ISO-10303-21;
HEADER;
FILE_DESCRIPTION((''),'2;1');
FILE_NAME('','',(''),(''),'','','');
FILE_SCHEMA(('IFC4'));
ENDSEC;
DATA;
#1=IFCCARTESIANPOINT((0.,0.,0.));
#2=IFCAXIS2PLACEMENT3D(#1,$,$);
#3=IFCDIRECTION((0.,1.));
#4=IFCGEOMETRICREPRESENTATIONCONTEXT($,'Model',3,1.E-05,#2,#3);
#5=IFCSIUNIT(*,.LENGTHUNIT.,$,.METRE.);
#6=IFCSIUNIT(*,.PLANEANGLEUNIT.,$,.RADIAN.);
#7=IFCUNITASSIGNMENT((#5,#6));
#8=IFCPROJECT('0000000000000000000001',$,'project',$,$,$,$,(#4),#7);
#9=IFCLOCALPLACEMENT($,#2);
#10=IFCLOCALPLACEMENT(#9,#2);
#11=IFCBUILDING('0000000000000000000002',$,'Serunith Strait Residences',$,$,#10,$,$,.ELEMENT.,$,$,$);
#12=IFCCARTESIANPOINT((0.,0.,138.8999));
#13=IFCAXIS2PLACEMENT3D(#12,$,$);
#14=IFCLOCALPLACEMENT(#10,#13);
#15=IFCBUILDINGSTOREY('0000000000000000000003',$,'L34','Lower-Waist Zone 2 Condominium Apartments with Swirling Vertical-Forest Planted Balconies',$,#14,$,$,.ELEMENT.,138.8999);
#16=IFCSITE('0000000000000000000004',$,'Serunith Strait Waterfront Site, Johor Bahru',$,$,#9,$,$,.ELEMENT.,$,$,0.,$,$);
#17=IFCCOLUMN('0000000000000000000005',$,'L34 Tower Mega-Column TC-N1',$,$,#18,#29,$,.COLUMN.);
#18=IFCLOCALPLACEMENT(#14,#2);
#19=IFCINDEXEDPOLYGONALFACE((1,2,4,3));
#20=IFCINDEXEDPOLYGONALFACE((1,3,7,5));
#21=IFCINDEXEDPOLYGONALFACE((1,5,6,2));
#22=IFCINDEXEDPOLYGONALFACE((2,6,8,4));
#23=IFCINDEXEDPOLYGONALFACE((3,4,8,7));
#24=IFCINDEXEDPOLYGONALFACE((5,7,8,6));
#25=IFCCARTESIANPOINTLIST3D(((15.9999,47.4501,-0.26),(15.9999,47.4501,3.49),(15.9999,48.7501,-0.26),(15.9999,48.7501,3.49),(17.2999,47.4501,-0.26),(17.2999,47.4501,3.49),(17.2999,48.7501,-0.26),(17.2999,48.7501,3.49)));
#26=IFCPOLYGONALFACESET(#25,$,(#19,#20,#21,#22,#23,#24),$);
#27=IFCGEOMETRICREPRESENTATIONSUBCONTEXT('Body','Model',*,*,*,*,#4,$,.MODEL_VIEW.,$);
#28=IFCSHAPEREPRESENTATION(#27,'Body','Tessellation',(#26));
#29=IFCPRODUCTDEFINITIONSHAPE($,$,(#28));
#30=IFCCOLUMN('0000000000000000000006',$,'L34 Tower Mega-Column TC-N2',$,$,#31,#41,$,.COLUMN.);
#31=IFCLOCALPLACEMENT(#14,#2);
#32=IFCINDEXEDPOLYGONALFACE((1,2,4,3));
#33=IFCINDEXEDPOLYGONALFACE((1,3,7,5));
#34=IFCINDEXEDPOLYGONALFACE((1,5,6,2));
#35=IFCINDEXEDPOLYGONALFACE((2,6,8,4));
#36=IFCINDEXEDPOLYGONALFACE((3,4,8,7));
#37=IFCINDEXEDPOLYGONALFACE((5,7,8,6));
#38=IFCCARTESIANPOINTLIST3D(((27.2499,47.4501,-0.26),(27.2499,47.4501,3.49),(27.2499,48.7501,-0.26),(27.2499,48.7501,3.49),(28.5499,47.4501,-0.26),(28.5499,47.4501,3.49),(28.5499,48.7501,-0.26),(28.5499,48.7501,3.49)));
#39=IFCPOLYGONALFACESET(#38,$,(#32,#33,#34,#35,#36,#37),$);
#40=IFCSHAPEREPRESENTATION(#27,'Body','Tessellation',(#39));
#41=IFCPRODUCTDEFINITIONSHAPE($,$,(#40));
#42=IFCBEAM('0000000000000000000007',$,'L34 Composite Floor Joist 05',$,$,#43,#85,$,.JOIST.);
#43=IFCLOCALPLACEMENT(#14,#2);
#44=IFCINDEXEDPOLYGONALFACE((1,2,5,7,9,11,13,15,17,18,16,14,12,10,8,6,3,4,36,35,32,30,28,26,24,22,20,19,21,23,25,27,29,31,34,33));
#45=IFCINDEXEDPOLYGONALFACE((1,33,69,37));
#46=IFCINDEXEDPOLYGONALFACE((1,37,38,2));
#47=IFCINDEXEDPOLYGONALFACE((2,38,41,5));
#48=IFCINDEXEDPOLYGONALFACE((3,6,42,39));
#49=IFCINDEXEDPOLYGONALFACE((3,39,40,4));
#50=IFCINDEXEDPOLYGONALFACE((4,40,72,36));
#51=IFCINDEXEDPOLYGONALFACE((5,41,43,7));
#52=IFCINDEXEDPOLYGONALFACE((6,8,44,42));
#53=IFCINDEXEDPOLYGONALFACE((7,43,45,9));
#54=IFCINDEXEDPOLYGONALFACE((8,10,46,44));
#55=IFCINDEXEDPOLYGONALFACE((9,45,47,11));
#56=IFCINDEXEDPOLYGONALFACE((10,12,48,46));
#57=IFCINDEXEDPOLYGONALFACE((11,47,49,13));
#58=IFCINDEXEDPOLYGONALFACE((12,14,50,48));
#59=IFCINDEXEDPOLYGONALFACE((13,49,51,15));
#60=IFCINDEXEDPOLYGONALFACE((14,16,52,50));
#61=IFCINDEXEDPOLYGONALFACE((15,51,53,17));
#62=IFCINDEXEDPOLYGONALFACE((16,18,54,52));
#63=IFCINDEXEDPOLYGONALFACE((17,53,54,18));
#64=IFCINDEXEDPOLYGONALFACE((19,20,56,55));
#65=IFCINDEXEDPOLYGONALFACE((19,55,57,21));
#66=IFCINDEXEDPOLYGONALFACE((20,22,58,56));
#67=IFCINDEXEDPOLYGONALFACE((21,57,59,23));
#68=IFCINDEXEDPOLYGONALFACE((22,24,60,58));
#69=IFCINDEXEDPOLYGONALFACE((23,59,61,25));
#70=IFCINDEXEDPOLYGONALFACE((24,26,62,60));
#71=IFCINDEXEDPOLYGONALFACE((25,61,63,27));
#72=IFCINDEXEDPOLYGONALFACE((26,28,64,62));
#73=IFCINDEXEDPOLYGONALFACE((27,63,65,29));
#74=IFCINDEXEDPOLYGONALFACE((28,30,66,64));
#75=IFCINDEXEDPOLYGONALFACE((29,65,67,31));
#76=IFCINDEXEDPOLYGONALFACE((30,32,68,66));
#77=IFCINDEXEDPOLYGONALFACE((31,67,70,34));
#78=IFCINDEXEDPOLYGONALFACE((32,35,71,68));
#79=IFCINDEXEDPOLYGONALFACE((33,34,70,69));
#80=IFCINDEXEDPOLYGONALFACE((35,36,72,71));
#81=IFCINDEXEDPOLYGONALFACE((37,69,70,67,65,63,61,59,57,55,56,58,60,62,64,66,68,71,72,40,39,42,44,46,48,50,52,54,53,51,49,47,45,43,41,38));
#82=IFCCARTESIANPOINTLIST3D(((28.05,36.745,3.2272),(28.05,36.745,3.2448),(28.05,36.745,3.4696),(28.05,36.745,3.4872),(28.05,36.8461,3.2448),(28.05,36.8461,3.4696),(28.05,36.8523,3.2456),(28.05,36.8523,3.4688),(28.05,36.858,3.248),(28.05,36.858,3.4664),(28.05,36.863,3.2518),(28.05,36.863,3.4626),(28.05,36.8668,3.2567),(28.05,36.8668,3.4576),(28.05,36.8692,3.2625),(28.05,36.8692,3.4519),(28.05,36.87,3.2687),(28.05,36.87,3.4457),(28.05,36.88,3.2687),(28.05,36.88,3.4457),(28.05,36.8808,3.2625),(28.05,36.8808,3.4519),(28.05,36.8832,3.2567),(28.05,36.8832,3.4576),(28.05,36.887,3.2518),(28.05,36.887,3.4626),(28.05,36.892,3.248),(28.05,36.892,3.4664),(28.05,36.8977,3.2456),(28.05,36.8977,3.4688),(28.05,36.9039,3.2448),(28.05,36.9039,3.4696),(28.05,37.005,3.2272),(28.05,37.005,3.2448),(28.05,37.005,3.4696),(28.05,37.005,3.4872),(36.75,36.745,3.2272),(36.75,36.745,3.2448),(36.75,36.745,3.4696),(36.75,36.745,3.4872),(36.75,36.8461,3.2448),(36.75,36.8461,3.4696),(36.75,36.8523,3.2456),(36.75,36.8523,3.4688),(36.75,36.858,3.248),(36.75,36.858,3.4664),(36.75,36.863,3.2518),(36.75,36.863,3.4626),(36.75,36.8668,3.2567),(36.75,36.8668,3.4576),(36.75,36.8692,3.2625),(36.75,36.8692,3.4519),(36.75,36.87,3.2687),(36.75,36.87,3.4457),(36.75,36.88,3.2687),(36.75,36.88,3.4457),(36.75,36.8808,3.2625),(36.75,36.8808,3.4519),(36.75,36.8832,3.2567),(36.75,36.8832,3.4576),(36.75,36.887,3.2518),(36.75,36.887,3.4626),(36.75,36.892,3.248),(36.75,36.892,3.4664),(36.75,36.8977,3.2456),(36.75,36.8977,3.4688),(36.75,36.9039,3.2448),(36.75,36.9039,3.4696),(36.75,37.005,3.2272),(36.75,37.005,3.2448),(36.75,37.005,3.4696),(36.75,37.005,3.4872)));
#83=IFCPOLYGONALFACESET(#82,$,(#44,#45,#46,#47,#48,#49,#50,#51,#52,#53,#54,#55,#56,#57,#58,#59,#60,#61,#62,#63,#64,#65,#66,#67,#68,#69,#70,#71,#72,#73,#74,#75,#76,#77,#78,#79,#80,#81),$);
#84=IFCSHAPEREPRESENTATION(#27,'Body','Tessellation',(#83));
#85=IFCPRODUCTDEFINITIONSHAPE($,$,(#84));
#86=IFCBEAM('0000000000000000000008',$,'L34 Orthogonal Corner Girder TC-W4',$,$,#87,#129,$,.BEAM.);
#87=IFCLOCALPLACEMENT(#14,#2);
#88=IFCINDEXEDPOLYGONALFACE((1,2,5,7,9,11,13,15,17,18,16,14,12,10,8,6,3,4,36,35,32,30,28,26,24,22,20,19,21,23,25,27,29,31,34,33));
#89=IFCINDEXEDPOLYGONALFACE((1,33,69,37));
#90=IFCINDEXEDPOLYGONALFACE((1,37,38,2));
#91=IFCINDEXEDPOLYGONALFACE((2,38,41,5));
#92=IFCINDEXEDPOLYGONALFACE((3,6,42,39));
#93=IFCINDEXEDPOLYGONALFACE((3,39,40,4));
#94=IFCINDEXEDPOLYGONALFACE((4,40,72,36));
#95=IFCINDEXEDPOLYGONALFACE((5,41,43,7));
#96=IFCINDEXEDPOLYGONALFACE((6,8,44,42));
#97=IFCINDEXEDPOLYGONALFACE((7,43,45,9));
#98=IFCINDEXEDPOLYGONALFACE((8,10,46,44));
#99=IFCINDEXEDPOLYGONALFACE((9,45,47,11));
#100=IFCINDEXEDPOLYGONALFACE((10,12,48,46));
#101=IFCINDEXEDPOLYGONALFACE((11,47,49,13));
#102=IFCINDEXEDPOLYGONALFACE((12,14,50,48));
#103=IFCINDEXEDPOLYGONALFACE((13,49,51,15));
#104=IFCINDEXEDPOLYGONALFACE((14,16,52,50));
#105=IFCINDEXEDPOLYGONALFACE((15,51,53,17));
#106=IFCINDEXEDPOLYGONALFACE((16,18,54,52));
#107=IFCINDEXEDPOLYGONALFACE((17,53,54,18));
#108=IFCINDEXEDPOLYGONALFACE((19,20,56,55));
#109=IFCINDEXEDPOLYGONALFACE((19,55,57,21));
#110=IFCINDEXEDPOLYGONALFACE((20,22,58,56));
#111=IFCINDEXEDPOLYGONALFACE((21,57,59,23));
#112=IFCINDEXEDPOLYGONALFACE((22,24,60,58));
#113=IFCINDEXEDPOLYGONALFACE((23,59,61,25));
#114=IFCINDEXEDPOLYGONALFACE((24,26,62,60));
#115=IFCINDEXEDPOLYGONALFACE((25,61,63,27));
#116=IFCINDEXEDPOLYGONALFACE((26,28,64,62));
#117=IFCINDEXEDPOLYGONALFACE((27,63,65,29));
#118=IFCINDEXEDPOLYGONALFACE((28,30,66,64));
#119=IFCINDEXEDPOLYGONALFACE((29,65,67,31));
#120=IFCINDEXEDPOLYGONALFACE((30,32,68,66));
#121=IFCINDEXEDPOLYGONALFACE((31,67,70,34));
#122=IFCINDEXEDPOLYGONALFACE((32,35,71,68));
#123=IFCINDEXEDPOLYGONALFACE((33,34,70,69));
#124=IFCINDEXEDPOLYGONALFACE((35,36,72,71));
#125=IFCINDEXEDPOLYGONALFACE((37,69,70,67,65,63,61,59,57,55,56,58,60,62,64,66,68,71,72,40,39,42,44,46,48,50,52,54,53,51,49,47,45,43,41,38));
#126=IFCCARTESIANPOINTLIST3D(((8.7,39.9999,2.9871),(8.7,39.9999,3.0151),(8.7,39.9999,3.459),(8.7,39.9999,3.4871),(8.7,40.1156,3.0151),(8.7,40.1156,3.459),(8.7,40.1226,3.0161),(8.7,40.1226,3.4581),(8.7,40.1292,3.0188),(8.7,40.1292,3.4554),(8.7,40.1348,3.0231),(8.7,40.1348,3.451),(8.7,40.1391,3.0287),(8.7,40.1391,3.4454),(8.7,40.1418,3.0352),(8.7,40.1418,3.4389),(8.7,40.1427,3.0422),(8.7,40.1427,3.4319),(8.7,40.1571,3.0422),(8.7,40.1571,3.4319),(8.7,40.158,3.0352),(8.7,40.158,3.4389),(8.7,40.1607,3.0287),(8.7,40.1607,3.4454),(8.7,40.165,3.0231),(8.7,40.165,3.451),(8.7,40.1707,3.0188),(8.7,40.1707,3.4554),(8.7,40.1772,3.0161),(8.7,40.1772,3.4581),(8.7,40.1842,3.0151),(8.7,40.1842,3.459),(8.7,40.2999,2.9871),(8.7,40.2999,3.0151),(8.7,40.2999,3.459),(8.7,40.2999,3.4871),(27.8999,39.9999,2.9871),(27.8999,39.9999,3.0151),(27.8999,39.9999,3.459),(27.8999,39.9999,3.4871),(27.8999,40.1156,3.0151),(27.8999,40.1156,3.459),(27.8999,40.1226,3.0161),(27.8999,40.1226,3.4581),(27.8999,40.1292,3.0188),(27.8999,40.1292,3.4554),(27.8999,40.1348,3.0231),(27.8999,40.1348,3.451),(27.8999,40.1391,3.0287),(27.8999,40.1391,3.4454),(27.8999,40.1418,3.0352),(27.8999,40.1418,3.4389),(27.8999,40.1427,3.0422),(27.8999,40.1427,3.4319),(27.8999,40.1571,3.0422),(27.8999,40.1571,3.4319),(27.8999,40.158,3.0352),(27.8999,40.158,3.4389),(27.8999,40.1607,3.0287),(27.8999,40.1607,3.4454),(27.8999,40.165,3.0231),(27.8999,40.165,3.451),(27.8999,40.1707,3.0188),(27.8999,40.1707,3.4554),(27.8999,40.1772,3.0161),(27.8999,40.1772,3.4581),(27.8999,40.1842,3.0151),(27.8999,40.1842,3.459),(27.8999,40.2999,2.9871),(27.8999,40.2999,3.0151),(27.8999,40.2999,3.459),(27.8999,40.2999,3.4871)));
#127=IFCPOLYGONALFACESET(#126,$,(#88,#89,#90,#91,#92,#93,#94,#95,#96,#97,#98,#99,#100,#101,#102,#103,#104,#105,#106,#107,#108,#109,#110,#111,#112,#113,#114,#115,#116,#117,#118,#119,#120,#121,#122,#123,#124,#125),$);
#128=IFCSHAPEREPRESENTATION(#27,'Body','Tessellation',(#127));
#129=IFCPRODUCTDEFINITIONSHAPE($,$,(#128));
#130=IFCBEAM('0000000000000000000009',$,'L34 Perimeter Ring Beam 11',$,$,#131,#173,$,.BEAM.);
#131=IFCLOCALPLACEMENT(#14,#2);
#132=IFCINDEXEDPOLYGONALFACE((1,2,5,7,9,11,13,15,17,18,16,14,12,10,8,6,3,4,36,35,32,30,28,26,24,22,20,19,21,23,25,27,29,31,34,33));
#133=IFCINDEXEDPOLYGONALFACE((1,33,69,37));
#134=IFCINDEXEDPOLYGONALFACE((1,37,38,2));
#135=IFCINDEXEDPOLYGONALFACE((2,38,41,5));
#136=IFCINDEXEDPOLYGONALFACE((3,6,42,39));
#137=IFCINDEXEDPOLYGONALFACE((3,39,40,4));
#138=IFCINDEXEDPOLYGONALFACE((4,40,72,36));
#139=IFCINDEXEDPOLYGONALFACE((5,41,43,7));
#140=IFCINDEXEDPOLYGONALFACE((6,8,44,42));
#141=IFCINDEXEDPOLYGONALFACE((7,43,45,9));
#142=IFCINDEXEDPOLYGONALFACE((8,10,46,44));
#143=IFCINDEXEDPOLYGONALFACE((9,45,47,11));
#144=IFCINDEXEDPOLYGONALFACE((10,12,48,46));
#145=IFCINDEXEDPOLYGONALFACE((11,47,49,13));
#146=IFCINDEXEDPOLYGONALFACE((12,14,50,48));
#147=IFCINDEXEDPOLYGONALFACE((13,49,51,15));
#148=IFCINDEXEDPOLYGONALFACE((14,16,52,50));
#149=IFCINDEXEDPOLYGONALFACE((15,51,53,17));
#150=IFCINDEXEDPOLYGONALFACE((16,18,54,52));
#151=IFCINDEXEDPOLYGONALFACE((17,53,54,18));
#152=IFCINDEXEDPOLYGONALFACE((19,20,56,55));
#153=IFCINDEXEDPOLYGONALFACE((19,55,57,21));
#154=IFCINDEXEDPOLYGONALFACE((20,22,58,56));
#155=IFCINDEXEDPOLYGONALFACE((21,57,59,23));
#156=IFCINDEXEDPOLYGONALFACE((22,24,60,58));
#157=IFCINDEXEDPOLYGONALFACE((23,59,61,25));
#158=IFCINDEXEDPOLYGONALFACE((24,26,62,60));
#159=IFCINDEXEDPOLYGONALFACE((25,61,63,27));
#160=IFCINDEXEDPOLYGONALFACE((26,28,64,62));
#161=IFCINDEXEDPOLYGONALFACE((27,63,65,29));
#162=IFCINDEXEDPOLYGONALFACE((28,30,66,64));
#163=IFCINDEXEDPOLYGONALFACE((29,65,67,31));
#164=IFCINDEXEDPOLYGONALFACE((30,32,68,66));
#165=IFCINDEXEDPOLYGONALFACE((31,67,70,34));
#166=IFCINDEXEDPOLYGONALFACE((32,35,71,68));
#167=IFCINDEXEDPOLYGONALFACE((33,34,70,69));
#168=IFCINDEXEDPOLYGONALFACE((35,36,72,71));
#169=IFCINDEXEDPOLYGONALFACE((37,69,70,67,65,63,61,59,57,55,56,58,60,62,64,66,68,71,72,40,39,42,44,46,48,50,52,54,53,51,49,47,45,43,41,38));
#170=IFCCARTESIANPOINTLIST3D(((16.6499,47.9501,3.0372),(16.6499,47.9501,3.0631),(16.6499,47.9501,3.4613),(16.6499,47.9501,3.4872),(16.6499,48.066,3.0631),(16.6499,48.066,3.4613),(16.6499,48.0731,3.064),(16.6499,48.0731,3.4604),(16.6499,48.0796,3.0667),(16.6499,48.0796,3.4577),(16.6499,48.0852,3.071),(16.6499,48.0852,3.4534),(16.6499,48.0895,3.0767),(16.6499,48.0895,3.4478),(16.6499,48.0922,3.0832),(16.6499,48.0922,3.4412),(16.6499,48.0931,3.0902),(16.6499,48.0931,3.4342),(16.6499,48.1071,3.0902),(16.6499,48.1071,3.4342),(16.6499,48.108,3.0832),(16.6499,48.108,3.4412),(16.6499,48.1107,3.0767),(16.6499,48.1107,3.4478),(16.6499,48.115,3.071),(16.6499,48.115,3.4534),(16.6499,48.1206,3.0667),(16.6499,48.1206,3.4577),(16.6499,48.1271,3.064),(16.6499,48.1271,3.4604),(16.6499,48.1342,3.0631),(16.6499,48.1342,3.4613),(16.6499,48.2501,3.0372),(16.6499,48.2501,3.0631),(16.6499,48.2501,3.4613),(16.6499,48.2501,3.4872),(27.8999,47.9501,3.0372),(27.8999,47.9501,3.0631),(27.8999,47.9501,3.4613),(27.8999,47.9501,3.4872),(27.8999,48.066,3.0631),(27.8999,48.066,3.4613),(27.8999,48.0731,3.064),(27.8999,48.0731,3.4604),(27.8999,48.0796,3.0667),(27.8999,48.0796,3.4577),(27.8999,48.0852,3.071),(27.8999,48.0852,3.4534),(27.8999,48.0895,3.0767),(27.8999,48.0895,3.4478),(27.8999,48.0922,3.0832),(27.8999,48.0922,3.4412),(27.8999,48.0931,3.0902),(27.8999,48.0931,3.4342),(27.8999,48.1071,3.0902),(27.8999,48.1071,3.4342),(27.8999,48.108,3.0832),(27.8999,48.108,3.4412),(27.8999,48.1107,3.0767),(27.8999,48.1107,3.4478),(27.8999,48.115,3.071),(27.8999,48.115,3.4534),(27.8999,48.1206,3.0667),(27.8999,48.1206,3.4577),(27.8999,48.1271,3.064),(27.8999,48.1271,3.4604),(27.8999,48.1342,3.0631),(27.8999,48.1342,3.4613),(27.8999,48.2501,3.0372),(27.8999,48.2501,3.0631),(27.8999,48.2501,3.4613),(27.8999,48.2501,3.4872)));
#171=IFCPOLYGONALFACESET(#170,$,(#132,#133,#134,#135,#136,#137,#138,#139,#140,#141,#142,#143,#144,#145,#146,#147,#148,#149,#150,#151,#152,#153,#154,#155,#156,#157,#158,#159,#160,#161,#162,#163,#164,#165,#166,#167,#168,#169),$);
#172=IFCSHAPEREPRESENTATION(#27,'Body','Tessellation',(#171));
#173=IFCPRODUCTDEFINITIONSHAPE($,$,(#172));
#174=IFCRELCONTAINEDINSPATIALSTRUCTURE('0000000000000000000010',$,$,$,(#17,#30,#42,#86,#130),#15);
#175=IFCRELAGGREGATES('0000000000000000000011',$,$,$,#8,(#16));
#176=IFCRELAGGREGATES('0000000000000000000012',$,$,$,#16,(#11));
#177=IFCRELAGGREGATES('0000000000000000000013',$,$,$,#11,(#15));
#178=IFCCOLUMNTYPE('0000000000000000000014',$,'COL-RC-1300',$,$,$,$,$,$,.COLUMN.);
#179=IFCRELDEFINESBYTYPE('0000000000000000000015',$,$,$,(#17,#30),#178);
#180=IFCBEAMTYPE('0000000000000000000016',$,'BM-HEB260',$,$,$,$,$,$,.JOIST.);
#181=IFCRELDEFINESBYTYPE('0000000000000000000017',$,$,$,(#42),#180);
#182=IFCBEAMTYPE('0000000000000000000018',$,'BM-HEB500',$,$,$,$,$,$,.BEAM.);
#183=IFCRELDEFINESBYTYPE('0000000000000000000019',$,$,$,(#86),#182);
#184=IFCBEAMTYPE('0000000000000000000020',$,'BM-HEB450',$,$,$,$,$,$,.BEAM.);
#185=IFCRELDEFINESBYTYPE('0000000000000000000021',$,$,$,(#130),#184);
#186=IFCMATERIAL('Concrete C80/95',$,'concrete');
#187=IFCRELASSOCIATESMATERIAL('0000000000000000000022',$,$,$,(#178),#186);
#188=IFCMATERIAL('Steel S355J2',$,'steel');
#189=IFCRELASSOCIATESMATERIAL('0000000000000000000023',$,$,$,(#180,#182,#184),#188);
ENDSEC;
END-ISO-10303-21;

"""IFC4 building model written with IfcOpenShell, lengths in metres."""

from ifc_helpers import new_model, si_unit, direction, frame, origin, origin_2d, place, context, subcontext, project, spatial, rectangle, i_section, extrude, source, transform, mapped, material, material_profile, profile_set, type_object, element, save


model = new_model("IFC4")

# Units and contexts
model_context = context("Model", 3, precision=1e-05, world=origin(), true_north=direction((0.0, 1.0)))
body_context = subcontext(model_context, "Body", "Model", "MODEL_VIEW")
ifc_project = project(units=[si_unit("LENGTHUNIT", "METRE"), si_unit("PLANEANGLEUNIT", "RADIAN")], contexts=[model_context])

# Site, building, storey
site_placement = place(None, origin())
site = spatial("IfcSite", under=ifc_project, at=site_placement, Name="Serunith Strait Waterfront Site, Johor Bahru", CompositionType="ELEMENT", RefElevation=0.0)
building_placement = place(site_placement, origin())
building = spatial("IfcBuilding", under=site, at=building_placement, Name="Serunith Strait Residences", CompositionType="ELEMENT")
storey_placement = place(building_placement, frame((0.0, 0.0, 138.8999)))
storey = spatial("IfcBuildingStorey", under=building, at=storey_placement, Name="L34", Description="Lower-Waist Zone 2 Condominium Apartments with Swirling Vertical-Forest Planted Balconies", CompositionType="ELEMENT", Elevation=138.8999)

# Columns
ifc_material_1 = material(Name="Concrete C80/95", Category="concrete")
ifc_material_profile_1 = material_profile(ifc_material_1, rectangle(XDim=1.3, YDim=1.3, at=origin_2d()), Name="RC 1300x1300")
ifc_profile_set_1 = profile_set([ifc_material_profile_1], Name="Concrete C80/95")
column_type = type_object("IfcColumnType", Name="COL-RC-1300", PredefinedType="COLUMN", material=ifc_profile_set_1)
shared_shape_1 = source(origin(), body_context, "Body", "SweptSolid", [
    extrude(rectangle(XDim=1.3, YDim=1.3, at=origin_2d()), origin(), (0.0, 0.0, 1.0), 3.75),
])
for number, where, z_axis, x_axis, name in (
    (1, (16.6499, 48.1001, -0.26), (0.0, 0.0, 1.0), (1.0, 0.0, 0.0), "L34 Tower Mega-Column TC-N1"),
    (2, (27.8999, 48.1001, -0.26), (0.0, 0.0, 1.0), (1.0, 0.0, 0.0), "L34 Tower Mega-Column TC-N2"),
):
    element("IfcColumn", number, at=place(storey_placement, frame(where, z_axis=z_axis, x_axis=x_axis)), inside=storey, type_object=column_type, Name=name, PredefinedType="COLUMN", context=body_context, shape_type="MappedRepresentation", body=[
        mapped(shared_shape_1, transform((0.0, 0.0, 0.0), scale=1.0)),
    ])

# Beams
ifc_material_2 = material(Name="Steel S355J2", Category="steel")
ifc_material_profile_2 = material_profile(ifc_material_2, i_section(OverallWidth=0.26, OverallDepth=0.26, WebThickness=0.01, FlangeThickness=0.0176, FilletRadius=0.0239, at=origin_2d()), Name="HEB 260")
ifc_profile_set_2 = profile_set([ifc_material_profile_2], Name="Steel S355J2")
beam_type_1 = type_object("IfcBeamType", Name="BM-HEB260", PredefinedType="JOIST", material=ifc_profile_set_2)
shared_shape_2 = source(origin(), body_context, "Body", "SweptSolid", [
    extrude(i_section(OverallWidth=0.26, OverallDepth=0.26, WebThickness=0.01, FlangeThickness=0.0176, FilletRadius=0.0239, at=origin_2d()), origin(), (0.0, 0.0, 1.0), 8.7),
])
beam_1_placement = place(storey_placement, frame((28.05, 36.875, 3.3572), z_axis=(1.0, 0.0, 0.0), x_axis=(0.0, 1.0, 0.0)))
element("IfcBeam", 3, at=beam_1_placement, inside=storey, type_object=beam_type_1, Name="L34 Composite Floor Joist 05", PredefinedType="JOIST", context=body_context, shape_type="MappedRepresentation", body=[
    mapped(shared_shape_2, transform((0.0, 0.0, 0.0), scale=1.0)),
])
ifc_material_profile_3 = material_profile(ifc_material_2, i_section(OverallWidth=0.3, OverallDepth=0.5, WebThickness=0.0144, FlangeThickness=0.0281, FilletRadius=0.0271, at=origin_2d()), Name="HEB 500")
ifc_profile_set_3 = profile_set([ifc_material_profile_3], Name="Steel S355J2")
beam_type_2 = type_object("IfcBeamType", Name="BM-HEB500", PredefinedType="BEAM", material=ifc_profile_set_3)
shared_shape_3 = source(origin(), body_context, "Body", "SweptSolid", [
    extrude(i_section(OverallWidth=0.3, OverallDepth=0.5, WebThickness=0.0144, FlangeThickness=0.0281, FilletRadius=0.0271, at=origin_2d()), origin(), (0.0, 0.0, 1.0), 19.2),
])
beam_2_placement = place(storey_placement, frame((27.8999, 40.1499, 3.2371), z_axis=(-1.0, 0.0, 0.0), x_axis=(0.0, -1.0, 0.0)))
element("IfcBeam", 4, at=beam_2_placement, inside=storey, type_object=beam_type_2, Name="L34 Orthogonal Corner Girder TC-W4", PredefinedType="BEAM", context=body_context, shape_type="MappedRepresentation", body=[
    mapped(shared_shape_3, transform((0.0, 0.0, 0.0), scale=1.0)),
])
ifc_material_profile_4 = material_profile(ifc_material_2, i_section(OverallWidth=0.3, OverallDepth=0.45, WebThickness=0.0139, FlangeThickness=0.0259, FilletRadius=0.0271, at=origin_2d()), Name="HEB 450")
ifc_profile_set_4 = profile_set([ifc_material_profile_4], Name="Steel S355J2")
beam_type_3 = type_object("IfcBeamType", Name="BM-HEB450", PredefinedType="BEAM", material=ifc_profile_set_4)
shared_shape_4 = source(origin(), body_context, "Body", "SweptSolid", [
    extrude(i_section(OverallWidth=0.3, OverallDepth=0.45, WebThickness=0.0139, FlangeThickness=0.0259, FilletRadius=0.0271, at=origin_2d()), origin(), (0.0, 0.0, 1.0), 11.25),
])
beam_3_placement = place(storey_placement, frame((27.8999, 48.1001, 3.2622), z_axis=(-1.0, 0.0, 0.0), x_axis=(0.0, -1.0, 0.0)))
element("IfcBeam", 5, at=beam_3_placement, inside=storey, type_object=beam_type_3, Name="L34 Perimeter Ring Beam 11", PredefinedType="BEAM", context=body_context, shape_type="MappedRepresentation", body=[
    mapped(shared_shape_4, transform((0.0, 0.0, 0.0), scale=1.0)),
])

save(model, "model.ifc")
